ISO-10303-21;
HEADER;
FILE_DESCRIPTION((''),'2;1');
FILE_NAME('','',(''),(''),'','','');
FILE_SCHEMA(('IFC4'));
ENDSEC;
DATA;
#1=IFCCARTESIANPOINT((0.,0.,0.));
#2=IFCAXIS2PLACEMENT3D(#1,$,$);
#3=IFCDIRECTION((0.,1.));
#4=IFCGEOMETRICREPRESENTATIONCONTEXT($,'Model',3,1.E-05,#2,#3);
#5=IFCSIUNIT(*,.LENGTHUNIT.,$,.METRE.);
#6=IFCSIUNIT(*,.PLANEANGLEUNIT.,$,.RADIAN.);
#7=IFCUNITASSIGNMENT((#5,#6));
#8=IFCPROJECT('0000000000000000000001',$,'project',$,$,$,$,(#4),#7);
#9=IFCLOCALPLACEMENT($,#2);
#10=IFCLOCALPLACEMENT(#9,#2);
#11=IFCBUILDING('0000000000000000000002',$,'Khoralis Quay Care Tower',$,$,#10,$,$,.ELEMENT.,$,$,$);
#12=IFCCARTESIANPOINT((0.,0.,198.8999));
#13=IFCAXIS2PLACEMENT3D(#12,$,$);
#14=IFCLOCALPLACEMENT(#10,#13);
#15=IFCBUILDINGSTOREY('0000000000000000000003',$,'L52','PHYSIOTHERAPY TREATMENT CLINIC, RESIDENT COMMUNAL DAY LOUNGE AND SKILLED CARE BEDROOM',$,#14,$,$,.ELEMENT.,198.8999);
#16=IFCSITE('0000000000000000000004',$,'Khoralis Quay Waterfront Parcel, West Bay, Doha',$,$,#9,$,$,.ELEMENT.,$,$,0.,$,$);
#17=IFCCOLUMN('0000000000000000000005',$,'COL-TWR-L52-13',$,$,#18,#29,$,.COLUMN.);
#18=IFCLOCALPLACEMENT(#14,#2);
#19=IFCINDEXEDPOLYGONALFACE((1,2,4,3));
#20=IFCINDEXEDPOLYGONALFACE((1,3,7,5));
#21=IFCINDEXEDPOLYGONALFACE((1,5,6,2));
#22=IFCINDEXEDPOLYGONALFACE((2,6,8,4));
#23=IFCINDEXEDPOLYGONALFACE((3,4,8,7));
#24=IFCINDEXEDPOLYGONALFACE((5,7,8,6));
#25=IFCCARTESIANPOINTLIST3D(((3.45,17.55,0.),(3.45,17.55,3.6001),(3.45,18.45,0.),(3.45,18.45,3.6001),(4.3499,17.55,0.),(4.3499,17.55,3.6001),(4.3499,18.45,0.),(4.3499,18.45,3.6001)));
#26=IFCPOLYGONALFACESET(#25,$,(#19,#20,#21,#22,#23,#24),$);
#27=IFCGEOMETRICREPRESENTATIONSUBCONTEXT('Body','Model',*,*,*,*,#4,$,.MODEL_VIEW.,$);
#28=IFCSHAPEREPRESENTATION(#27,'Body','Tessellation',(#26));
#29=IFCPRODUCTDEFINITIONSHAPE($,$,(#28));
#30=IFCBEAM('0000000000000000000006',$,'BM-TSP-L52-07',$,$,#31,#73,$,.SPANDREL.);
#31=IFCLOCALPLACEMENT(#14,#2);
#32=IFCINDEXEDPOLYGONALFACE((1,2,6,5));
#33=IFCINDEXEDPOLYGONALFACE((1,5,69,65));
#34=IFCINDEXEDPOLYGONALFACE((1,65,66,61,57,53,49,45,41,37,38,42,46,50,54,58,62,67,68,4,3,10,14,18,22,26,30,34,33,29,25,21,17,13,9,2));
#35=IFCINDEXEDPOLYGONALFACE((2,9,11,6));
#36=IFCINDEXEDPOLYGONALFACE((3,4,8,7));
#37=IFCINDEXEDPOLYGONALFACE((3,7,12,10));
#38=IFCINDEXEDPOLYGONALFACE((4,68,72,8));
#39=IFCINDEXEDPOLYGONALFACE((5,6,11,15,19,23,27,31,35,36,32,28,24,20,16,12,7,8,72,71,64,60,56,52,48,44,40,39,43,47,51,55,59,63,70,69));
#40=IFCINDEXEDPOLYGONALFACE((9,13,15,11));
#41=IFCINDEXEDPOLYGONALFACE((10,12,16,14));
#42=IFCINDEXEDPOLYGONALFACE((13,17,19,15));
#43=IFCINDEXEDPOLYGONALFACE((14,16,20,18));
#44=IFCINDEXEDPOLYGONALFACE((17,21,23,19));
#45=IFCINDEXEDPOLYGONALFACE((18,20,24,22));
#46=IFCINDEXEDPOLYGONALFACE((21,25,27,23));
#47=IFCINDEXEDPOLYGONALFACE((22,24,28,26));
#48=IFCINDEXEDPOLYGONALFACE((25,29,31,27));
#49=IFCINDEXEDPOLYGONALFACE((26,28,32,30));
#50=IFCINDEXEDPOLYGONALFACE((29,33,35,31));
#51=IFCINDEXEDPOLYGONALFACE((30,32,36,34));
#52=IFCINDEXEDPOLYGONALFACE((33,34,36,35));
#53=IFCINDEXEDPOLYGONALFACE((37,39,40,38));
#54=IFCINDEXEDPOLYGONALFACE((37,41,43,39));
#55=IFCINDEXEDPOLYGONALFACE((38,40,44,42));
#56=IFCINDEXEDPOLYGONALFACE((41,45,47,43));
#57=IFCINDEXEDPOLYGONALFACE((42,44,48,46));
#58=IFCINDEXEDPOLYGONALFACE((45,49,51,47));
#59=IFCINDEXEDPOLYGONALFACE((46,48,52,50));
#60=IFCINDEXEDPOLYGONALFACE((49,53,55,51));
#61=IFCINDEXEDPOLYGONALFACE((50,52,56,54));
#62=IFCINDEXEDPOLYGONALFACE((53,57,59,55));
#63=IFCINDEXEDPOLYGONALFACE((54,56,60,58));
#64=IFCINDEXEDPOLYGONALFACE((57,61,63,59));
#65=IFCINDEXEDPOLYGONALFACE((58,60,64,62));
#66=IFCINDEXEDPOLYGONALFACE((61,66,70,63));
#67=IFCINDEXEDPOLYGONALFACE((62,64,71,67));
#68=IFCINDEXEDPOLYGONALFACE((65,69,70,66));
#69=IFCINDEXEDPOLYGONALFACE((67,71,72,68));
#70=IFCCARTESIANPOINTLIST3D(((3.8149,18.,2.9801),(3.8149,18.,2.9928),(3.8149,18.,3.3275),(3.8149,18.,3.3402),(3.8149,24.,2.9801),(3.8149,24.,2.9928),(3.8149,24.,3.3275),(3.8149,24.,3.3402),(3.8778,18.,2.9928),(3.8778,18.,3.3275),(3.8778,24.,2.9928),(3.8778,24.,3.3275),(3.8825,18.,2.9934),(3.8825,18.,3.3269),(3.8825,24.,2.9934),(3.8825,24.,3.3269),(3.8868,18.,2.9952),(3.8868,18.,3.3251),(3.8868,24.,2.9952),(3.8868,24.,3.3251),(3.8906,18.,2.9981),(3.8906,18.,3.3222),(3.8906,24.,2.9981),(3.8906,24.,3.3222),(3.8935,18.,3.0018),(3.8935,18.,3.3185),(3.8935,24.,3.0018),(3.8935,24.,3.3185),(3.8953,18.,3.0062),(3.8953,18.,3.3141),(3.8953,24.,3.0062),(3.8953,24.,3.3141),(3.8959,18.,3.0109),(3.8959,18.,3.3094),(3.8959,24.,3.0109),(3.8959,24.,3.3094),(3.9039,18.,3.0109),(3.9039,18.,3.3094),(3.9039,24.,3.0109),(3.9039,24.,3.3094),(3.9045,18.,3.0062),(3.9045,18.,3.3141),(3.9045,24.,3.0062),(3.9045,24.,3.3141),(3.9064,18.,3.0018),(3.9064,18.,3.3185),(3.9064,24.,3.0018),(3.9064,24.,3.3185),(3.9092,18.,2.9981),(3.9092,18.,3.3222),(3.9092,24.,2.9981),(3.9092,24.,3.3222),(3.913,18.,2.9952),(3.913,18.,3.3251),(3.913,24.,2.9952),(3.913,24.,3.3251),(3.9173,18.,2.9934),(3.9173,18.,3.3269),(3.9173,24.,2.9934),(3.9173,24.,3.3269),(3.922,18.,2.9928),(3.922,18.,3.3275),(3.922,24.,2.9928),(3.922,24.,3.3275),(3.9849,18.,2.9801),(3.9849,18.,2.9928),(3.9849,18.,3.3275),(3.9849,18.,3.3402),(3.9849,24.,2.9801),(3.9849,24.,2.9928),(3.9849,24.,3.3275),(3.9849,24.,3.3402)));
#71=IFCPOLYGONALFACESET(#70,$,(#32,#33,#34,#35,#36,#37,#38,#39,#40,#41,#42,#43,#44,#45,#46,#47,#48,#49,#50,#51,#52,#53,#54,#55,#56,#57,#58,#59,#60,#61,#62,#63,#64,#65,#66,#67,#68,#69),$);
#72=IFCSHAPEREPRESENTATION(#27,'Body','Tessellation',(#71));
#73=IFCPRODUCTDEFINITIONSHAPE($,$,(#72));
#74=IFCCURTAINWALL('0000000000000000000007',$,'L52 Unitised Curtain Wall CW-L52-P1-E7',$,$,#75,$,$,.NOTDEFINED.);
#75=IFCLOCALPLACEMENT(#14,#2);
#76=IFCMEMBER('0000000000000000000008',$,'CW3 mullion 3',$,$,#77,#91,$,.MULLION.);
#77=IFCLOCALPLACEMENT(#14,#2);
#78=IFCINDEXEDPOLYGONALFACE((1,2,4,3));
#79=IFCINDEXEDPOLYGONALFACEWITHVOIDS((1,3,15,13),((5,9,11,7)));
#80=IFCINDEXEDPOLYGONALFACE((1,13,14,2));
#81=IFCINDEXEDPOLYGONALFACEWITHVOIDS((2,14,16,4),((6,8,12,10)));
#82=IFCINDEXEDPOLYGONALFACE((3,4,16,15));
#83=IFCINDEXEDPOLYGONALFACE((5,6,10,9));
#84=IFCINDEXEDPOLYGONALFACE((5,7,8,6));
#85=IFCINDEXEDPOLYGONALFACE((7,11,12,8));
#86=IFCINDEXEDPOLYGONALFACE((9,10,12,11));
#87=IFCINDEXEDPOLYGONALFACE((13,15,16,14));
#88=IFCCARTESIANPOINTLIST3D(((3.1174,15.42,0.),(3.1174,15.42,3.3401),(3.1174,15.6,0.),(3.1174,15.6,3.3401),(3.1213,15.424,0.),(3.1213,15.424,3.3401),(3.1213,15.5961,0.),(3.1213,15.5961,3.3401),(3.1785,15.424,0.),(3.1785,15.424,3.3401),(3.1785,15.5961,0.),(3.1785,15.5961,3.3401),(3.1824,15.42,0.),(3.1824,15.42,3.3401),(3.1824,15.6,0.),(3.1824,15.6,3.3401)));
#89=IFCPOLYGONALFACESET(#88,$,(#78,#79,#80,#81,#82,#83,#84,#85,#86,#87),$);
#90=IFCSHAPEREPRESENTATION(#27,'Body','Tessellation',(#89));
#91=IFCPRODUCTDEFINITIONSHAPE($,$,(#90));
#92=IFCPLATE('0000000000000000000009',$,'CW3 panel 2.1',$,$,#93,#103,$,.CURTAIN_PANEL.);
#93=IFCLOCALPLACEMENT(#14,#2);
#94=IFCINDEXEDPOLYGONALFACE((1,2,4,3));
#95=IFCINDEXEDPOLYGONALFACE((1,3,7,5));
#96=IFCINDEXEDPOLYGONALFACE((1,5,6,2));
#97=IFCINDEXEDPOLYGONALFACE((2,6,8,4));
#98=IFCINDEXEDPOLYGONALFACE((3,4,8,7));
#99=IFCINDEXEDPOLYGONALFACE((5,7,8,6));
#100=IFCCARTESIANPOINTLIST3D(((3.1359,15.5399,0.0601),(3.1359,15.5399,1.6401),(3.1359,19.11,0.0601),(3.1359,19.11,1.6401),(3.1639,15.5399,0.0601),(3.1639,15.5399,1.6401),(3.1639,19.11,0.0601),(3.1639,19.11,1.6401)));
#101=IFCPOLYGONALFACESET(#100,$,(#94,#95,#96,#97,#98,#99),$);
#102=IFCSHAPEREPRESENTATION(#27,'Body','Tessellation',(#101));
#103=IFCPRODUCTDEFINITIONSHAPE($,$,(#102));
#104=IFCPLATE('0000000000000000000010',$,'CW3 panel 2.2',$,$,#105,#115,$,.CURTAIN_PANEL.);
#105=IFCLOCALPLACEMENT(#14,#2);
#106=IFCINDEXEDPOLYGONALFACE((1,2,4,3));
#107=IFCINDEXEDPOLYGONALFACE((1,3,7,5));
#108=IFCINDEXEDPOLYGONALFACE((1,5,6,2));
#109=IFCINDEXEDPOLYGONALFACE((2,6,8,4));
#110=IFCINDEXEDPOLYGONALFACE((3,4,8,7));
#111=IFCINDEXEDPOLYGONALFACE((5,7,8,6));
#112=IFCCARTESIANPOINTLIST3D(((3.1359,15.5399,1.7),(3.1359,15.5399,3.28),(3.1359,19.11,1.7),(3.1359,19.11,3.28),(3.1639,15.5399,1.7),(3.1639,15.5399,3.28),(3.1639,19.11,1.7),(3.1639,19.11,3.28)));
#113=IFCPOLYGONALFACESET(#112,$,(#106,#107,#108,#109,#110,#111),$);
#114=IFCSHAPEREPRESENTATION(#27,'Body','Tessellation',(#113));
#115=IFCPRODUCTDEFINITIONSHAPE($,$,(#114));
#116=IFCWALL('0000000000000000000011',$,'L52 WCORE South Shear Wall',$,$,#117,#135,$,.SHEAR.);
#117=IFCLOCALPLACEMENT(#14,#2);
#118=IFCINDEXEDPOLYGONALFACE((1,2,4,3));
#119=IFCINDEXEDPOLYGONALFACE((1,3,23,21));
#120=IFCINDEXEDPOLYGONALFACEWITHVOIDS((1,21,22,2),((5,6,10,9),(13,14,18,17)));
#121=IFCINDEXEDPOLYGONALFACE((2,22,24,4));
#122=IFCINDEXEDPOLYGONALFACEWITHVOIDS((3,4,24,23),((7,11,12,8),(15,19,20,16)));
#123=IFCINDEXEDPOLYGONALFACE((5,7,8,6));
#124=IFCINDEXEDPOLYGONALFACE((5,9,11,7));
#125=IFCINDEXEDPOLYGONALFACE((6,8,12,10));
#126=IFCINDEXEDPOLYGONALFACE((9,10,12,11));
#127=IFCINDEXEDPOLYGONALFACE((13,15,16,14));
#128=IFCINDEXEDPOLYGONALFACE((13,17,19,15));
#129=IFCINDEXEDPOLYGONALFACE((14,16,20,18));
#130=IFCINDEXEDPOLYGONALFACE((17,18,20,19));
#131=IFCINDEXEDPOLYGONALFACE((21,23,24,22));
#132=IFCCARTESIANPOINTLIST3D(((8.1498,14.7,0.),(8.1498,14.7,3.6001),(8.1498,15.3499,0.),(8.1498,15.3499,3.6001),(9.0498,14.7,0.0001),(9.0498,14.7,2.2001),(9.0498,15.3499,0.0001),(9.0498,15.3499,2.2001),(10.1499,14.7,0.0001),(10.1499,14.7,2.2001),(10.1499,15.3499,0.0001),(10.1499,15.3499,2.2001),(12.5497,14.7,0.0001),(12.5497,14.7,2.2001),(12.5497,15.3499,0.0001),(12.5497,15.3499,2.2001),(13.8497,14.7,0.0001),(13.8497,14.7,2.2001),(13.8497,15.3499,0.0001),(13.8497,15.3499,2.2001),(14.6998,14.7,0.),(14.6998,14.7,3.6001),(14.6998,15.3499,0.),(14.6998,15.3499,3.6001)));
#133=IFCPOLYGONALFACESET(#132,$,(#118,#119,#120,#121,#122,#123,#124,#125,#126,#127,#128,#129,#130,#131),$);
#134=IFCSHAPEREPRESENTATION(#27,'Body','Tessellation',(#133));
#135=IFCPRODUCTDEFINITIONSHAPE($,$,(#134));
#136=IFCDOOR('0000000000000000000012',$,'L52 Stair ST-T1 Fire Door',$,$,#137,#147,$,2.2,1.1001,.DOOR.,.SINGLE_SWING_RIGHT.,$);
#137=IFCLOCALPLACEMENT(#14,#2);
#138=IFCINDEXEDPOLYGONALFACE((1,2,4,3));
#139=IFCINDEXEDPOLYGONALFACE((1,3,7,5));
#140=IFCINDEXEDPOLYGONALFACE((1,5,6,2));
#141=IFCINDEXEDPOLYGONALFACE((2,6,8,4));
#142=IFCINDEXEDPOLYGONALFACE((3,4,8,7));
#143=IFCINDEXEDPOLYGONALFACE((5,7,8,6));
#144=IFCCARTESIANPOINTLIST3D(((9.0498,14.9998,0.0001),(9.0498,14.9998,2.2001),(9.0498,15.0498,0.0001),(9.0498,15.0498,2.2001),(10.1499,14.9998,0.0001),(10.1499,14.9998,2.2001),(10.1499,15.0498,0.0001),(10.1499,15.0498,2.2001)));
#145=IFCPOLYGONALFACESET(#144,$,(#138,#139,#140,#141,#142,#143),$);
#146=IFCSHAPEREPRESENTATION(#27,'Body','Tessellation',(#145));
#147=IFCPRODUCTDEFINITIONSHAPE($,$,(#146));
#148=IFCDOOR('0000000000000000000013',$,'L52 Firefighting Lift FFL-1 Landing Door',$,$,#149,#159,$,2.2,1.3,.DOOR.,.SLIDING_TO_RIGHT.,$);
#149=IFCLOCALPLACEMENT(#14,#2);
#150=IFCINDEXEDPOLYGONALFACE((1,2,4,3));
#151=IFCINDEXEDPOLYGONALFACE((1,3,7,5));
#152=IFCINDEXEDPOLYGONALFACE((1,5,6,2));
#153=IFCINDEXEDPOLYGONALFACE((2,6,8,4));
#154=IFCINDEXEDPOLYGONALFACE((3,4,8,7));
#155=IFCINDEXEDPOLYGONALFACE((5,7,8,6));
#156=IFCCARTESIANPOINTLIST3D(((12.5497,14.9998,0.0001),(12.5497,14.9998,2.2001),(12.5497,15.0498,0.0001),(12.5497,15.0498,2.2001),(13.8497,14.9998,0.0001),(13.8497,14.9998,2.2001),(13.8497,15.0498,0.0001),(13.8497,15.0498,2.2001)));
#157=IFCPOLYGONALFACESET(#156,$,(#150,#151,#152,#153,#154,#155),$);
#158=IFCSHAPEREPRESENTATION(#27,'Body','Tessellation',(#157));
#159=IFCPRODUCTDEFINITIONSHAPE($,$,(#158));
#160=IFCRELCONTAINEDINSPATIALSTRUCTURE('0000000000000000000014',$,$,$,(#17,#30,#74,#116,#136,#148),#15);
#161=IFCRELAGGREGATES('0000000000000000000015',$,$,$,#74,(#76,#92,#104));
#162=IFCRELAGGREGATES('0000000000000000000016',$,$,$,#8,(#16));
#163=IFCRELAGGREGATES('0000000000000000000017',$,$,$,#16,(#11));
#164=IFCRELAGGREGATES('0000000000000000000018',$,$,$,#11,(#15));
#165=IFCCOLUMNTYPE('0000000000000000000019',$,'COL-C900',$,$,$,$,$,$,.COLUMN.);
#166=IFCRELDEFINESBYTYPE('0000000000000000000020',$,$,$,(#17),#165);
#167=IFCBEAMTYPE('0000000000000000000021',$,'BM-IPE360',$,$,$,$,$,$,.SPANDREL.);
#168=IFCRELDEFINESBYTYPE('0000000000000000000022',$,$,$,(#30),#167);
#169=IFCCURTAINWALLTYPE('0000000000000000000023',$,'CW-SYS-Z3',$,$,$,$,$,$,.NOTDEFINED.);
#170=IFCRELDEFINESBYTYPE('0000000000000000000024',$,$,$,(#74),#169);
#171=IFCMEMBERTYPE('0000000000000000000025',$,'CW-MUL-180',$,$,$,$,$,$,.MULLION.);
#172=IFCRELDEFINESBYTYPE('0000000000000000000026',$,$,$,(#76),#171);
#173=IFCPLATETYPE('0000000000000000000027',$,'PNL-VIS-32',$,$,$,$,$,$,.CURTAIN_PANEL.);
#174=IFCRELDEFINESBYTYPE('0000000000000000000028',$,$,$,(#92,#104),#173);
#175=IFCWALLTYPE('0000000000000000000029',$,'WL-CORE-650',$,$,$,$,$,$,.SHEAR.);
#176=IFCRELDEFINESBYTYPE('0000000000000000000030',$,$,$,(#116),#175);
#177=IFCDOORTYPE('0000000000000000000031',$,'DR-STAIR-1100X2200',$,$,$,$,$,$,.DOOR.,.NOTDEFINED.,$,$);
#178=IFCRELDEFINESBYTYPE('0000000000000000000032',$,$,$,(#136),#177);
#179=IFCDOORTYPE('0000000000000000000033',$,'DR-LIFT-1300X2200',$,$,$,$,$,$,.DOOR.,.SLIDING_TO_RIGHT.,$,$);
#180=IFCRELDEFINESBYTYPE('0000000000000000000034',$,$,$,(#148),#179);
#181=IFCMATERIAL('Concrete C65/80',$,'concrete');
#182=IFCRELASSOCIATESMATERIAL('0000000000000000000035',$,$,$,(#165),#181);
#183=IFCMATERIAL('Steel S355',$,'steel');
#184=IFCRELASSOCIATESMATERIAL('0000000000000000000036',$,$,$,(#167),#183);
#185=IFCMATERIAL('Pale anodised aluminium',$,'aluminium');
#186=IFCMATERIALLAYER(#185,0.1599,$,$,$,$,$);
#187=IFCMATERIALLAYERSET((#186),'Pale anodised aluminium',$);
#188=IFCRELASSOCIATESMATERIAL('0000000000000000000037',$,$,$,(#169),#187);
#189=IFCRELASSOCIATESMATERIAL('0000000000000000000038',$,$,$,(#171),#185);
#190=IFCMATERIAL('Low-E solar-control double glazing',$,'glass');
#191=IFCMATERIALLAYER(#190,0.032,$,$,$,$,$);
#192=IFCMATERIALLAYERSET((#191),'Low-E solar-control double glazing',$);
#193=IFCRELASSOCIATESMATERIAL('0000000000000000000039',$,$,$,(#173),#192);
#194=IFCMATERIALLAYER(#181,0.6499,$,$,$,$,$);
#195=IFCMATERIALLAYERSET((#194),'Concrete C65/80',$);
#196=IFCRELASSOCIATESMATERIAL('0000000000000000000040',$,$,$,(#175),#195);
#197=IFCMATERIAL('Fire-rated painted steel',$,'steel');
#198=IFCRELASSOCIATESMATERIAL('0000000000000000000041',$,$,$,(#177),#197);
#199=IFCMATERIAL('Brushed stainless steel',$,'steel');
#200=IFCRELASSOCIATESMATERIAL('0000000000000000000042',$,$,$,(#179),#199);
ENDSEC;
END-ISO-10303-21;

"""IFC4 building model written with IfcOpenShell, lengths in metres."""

from ifc_helpers import new_model, si_unit, direction, frame, frame_2d, origin, origin_2d, place, context, subcontext, project, spatial, rectangle, hollow_rectangle, i_section, extrude, source, transform, mapped, material, layer, layer_set, material_profile, profile_set, type_object, element, fill, aggregate, save


model = new_model("IFC4")

# Units and contexts
model_context = context("Model", 3, precision=1e-05, world=origin(), true_north=direction((0.0, 1.0)))
body_context = subcontext(model_context, "Body", "Model", "MODEL_VIEW")
ifc_project = project(units=[si_unit("LENGTHUNIT", "METRE"), si_unit("PLANEANGLEUNIT", "RADIAN")], contexts=[model_context])

# Site, building, storey
site_placement = place(None, origin())
site = spatial("IfcSite", under=ifc_project, at=site_placement, Name="Khoralis Quay Waterfront Parcel, West Bay, Doha", CompositionType="ELEMENT", RefElevation=0.0)
building_placement = place(site_placement, origin())
building = spatial("IfcBuilding", under=site, at=building_placement, Name="Khoralis Quay Care Tower", CompositionType="ELEMENT")
storey_placement = place(building_placement, frame((0.0, 0.0, 198.8999)))
storey = spatial("IfcBuildingStorey", under=building, at=storey_placement, Name="L52", Description="PHYSIOTHERAPY TREATMENT CLINIC, RESIDENT COMMUNAL DAY LOUNGE AND SKILLED CARE BEDROOM", CompositionType="ELEMENT", Elevation=198.8999)

# Column
ifc_material_1 = material(Name="Concrete C65/80", Category="concrete")
ifc_material_profile_1 = material_profile(ifc_material_1, rectangle(XDim=0.8999, YDim=0.8999, at=origin_2d()), Name="Concrete C65/80")
ifc_profile_set_1 = profile_set([ifc_material_profile_1], Name="Concrete C65/80")
column_type = type_object("IfcColumnType", Name="COL-C900", PredefinedType="COLUMN", material=ifc_profile_set_1)
shared_shape_1 = source(origin(), body_context, "Body", "SweptSolid", [
    extrude(rectangle(XDim=0.8999, YDim=0.8999, at=origin_2d()), origin(), (0.0, 0.0, 1.0), 3.6001),
])
column_placement = place(storey_placement, frame((3.8999, 18.0, 0.0), z_axis=(0.0, 0.0, 1.0), x_axis=(1.0, 0.0, 0.0)))
element("IfcColumn", 1, at=column_placement, inside=storey, type_object=column_type, Name="COL-TWR-L52-13", PredefinedType="COLUMN", context=body_context, shape_type="MappedRepresentation", body=[
    mapped(shared_shape_1, transform((0.0, 0.0, 0.0), scale=1.0)),
])

# Beam
ifc_material_2 = material(Name="Steel S355", Category="steel")
ifc_material_profile_2 = material_profile(ifc_material_2, i_section(OverallWidth=0.1699, OverallDepth=0.3601, WebThickness=0.0081, FlangeThickness=0.0127, FilletRadius=0.0181, at=origin_2d()), Name="Steel S355")
ifc_profile_set_2 = profile_set([ifc_material_profile_2], Name="Steel S355")
beam_type = type_object("IfcBeamType", Name="BM-IPE360", PredefinedType="SPANDREL", material=ifc_profile_set_2)
shared_shape_2 = source(origin(), body_context, "Body", "SweptSolid", [
    extrude(i_section(OverallWidth=0.1699, OverallDepth=0.3601, WebThickness=0.0081, FlangeThickness=0.0127, FilletRadius=0.0181, at=origin_2d()), origin(), (0.0, 0.0, 1.0), 6.0),
])
beam_placement = place(storey_placement, frame((3.8999, 18.0, 3.1602), z_axis=(0.0, 1.0, 0.0), x_axis=(-1.0, 0.0, 0.0)))
element("IfcBeam", 2, at=beam_placement, inside=storey, type_object=beam_type, Name="BM-TSP-L52-07", PredefinedType="SPANDREL", context=body_context, shape_type="MappedRepresentation", body=[
    mapped(shared_shape_2, transform((0.0, 0.0, 0.0), scale=1.0)),
])

# Curtain wall, member, plates
ifc_material_3 = material(Name="Pale anodised aluminium", Category="aluminium")
ifc_layer_1 = layer(ifc_material_3, 0.1599)
ifc_layer_set_1 = layer_set([ifc_layer_1], Name="Pale anodised aluminium")
curtain_wall_type = type_object("IfcCurtainWallType", Name="CW-SYS-Z3", PredefinedType="NOTDEFINED", material=ifc_layer_set_1)
curtain_wall_placement = place(storey_placement, origin())
curtain_wall = element("IfcCurtainWall", 3, at=curtain_wall_placement, inside=storey, type_object=curtain_wall_type, Name="L52 Unitised Curtain Wall CW-L52-P1-E7", PredefinedType="NOTDEFINED")
ifc_material_profile_3 = material_profile(ifc_material_3, hollow_rectangle(XDim=0.0649, YDim=0.1799, WallThickness=0.0039, at=origin_2d()), Name="Pale anodised aluminium")
ifc_profile_set_3 = profile_set([ifc_material_profile_3], Name="Pale anodised aluminium")
member_type = type_object("IfcMemberType", Name="CW-MUL-180", PredefinedType="MULLION", material=ifc_profile_set_3)
shared_shape_3 = source(origin(), body_context, "Body", "SweptSolid", [
    extrude(hollow_rectangle(XDim=0.0649, YDim=0.1799, WallThickness=0.0039, at=origin_2d()), origin(), (0.0, 0.0, 1.0), 3.3401),
])
member_placement = place(storey_placement, frame((3.1499, 15.51, 0.0), z_axis=(0.0, 0.0, 1.0), x_axis=(1.0, 0.0, 0.0)))
member = element("IfcMember", 4, at=member_placement, type_object=member_type, Name="CW3 mullion 3", PredefinedType="MULLION", context=body_context, shape_type="MappedRepresentation", body=[
    mapped(shared_shape_3, transform((0.0, 0.0, 0.0), scale=1.0)),
])
ifc_material_4 = material(Name="Low-E solar-control double glazing", Category="glass")
ifc_layer_2 = layer(ifc_material_4, 0.032)
ifc_layer_set_2 = layer_set([ifc_layer_2], Name="Low-E solar-control double glazing")
plate_type = type_object("IfcPlateType", Name="PNL-VIS-32", PredefinedType="CURTAIN_PANEL", material=ifc_layer_set_2)
shared_shape_4 = source(origin(), body_context, "Body", "SweptSolid", [
    extrude(rectangle(XDim=3.5701, YDim=0.0281, at=origin_2d()), origin(), (0.0, 0.0, 1.0), 1.5801),
])
plate_1_placement = place(storey_placement, frame((3.1499, 17.325, 0.0601), z_axis=(0.0, 0.0, 1.0), x_axis=(0.0, -1.0, 0.0)))
plate_1 = element("IfcPlate", 5, at=plate_1_placement, type_object=plate_type, Name="CW3 panel 2.1", PredefinedType="CURTAIN_PANEL", context=body_context, shape_type="MappedRepresentation", body=[
    mapped(shared_shape_4, transform((0.0, 0.0, 0.0), scale=1.0)),
])
plate_2_placement = place(storey_placement, frame((3.1499, 17.325, 1.7), z_axis=(0.0, 0.0, 1.0), x_axis=(0.0, -1.0, 0.0)))
plate_2 = element("IfcPlate", 6, at=plate_2_placement, type_object=plate_type, Name="CW3 panel 2.2", PredefinedType="CURTAIN_PANEL", context=body_context, shape_type="MappedRepresentation", body=[
    mapped(shared_shape_4, transform((0.0, 0.0, 0.0), scale=1.0)),
])
aggregate(curtain_wall, [member, plate_1, plate_2])

# Wall, openings, doors
ifc_layer_3 = layer(ifc_material_1, 0.6499)
ifc_layer_set_3 = layer_set([ifc_layer_3], Name="Concrete C65/80")
wall_type_1 = type_object("IfcWallType", Name="WL-CORE-650", PredefinedType="SHEAR", material=ifc_layer_set_3)
wall_1_placement = place(storey_placement, frame((8.1499, 15.0249, 0.0), z_axis=(0.0, 0.0, 1.0), x_axis=(1.0, 0.0, 0.0)))
wall_1 = element("IfcWall", 7, at=wall_1_placement, inside=storey, type_object=wall_type_1, Name="L52 WCORE South Shear Wall", PredefinedType="SHEAR", context=body_context, shape_type="SweptSolid", body=[
    extrude(rectangle(XDim=6.55, YDim=0.6499, at=frame_2d((3.2749, 0.0))), origin(), (0.0, 0.0, 1.0), 3.6001),
])
opening_1_placement = place(wall_1_placement, frame((0.8999, 0.0, 0.0)))
opening_1 = element("IfcOpeningElement", 8, at=opening_1_placement, cuts=wall_1, PredefinedType="OPENING", context=body_context, shape_type="SweptSolid", body=[
    extrude(rectangle(XDim=1.1001, YDim=2.2, at=frame_2d((0.55, 1.1001))), frame((0.0, 0.335, 0.0), z_axis=(0.0, -1.0, 0.0), x_axis=(1.0, 0.0, 0.0)), (0.0, 0.0, 1.0), 0.6699),
])
opening_2_placement = place(wall_1_placement, frame((4.3999, 0.0, 0.0)))
opening_2 = element("IfcOpeningElement", 9, at=opening_2_placement, cuts=wall_1, PredefinedType="OPENING", context=body_context, shape_type="SweptSolid", body=[
    extrude(rectangle(XDim=1.3, YDim=2.2, at=frame_2d((0.6499, 1.1001))), frame((0.0, 0.335, 0.0), z_axis=(0.0, -1.0, 0.0), x_axis=(1.0, 0.0, 0.0)), (0.0, 0.0, 1.0), 0.6699),
])
ifc_material_5 = material(Name="Fire-rated painted steel", Category="steel")
door_type_1 = type_object("IfcDoorType", Name="DR-STAIR-1100X2200", OperationType="NOTDEFINED", PredefinedType="DOOR", material=ifc_material_5)
shared_shape_5 = source(origin(), body_context, "Body", "SweptSolid", [
    extrude(rectangle(XDim=1.1001, YDim=2.2, at=frame_2d((0.55, 1.1001))), frame((0.0, 0.0249, 0.0), z_axis=(0.0, -1.0, 0.0), x_axis=(1.0, 0.0, 0.0)), (0.0, 0.0, 1.0), 0.05),
])
door_1_placement = place(opening_1_placement, origin())
door_1 = element("IfcDoor", 10, at=door_1_placement, inside=storey, type_object=door_type_1, Name="L52 Stair ST-T1 Fire Door", OperationType="SINGLE_SWING_RIGHT", OverallHeight=2.2, OverallWidth=1.1001, PredefinedType="DOOR", context=body_context, shape_type="MappedRepresentation", body=[
    mapped(shared_shape_5, transform((0.0, 0.0, 0.0), scale=1.0)),
])
fill(opening_1, door_1)
ifc_material_6 = material(Name="Brushed stainless steel", Category="steel")
door_type_2 = type_object("IfcDoorType", Name="DR-LIFT-1300X2200", OperationType="SLIDING_TO_RIGHT", PredefinedType="DOOR", material=ifc_material_6)
shared_shape_6 = source(origin(), body_context, "Body", "SweptSolid", [
    extrude(rectangle(XDim=1.3, YDim=2.2, at=frame_2d((0.6499, 1.1001))), frame((0.0, 0.0249, 0.0), z_axis=(0.0, -1.0, 0.0), x_axis=(1.0, 0.0, 0.0)), (0.0, 0.0, 1.0), 0.05),
])
door_2_placement = place(opening_2_placement, origin())
door_2 = element("IfcDoor", 11, at=door_2_placement, inside=storey, type_object=door_type_2, Name="L52 Firefighting Lift FFL-1 Landing Door", OperationType="SLIDING_TO_RIGHT", OverallHeight=2.2, OverallWidth=1.3, PredefinedType="DOOR", context=body_context, shape_type="MappedRepresentation", body=[
    mapped(shared_shape_6, transform((0.0, 0.0, 0.0), scale=1.0)),
])
fill(opening_2, door_2)

save(model, "model.ifc")
